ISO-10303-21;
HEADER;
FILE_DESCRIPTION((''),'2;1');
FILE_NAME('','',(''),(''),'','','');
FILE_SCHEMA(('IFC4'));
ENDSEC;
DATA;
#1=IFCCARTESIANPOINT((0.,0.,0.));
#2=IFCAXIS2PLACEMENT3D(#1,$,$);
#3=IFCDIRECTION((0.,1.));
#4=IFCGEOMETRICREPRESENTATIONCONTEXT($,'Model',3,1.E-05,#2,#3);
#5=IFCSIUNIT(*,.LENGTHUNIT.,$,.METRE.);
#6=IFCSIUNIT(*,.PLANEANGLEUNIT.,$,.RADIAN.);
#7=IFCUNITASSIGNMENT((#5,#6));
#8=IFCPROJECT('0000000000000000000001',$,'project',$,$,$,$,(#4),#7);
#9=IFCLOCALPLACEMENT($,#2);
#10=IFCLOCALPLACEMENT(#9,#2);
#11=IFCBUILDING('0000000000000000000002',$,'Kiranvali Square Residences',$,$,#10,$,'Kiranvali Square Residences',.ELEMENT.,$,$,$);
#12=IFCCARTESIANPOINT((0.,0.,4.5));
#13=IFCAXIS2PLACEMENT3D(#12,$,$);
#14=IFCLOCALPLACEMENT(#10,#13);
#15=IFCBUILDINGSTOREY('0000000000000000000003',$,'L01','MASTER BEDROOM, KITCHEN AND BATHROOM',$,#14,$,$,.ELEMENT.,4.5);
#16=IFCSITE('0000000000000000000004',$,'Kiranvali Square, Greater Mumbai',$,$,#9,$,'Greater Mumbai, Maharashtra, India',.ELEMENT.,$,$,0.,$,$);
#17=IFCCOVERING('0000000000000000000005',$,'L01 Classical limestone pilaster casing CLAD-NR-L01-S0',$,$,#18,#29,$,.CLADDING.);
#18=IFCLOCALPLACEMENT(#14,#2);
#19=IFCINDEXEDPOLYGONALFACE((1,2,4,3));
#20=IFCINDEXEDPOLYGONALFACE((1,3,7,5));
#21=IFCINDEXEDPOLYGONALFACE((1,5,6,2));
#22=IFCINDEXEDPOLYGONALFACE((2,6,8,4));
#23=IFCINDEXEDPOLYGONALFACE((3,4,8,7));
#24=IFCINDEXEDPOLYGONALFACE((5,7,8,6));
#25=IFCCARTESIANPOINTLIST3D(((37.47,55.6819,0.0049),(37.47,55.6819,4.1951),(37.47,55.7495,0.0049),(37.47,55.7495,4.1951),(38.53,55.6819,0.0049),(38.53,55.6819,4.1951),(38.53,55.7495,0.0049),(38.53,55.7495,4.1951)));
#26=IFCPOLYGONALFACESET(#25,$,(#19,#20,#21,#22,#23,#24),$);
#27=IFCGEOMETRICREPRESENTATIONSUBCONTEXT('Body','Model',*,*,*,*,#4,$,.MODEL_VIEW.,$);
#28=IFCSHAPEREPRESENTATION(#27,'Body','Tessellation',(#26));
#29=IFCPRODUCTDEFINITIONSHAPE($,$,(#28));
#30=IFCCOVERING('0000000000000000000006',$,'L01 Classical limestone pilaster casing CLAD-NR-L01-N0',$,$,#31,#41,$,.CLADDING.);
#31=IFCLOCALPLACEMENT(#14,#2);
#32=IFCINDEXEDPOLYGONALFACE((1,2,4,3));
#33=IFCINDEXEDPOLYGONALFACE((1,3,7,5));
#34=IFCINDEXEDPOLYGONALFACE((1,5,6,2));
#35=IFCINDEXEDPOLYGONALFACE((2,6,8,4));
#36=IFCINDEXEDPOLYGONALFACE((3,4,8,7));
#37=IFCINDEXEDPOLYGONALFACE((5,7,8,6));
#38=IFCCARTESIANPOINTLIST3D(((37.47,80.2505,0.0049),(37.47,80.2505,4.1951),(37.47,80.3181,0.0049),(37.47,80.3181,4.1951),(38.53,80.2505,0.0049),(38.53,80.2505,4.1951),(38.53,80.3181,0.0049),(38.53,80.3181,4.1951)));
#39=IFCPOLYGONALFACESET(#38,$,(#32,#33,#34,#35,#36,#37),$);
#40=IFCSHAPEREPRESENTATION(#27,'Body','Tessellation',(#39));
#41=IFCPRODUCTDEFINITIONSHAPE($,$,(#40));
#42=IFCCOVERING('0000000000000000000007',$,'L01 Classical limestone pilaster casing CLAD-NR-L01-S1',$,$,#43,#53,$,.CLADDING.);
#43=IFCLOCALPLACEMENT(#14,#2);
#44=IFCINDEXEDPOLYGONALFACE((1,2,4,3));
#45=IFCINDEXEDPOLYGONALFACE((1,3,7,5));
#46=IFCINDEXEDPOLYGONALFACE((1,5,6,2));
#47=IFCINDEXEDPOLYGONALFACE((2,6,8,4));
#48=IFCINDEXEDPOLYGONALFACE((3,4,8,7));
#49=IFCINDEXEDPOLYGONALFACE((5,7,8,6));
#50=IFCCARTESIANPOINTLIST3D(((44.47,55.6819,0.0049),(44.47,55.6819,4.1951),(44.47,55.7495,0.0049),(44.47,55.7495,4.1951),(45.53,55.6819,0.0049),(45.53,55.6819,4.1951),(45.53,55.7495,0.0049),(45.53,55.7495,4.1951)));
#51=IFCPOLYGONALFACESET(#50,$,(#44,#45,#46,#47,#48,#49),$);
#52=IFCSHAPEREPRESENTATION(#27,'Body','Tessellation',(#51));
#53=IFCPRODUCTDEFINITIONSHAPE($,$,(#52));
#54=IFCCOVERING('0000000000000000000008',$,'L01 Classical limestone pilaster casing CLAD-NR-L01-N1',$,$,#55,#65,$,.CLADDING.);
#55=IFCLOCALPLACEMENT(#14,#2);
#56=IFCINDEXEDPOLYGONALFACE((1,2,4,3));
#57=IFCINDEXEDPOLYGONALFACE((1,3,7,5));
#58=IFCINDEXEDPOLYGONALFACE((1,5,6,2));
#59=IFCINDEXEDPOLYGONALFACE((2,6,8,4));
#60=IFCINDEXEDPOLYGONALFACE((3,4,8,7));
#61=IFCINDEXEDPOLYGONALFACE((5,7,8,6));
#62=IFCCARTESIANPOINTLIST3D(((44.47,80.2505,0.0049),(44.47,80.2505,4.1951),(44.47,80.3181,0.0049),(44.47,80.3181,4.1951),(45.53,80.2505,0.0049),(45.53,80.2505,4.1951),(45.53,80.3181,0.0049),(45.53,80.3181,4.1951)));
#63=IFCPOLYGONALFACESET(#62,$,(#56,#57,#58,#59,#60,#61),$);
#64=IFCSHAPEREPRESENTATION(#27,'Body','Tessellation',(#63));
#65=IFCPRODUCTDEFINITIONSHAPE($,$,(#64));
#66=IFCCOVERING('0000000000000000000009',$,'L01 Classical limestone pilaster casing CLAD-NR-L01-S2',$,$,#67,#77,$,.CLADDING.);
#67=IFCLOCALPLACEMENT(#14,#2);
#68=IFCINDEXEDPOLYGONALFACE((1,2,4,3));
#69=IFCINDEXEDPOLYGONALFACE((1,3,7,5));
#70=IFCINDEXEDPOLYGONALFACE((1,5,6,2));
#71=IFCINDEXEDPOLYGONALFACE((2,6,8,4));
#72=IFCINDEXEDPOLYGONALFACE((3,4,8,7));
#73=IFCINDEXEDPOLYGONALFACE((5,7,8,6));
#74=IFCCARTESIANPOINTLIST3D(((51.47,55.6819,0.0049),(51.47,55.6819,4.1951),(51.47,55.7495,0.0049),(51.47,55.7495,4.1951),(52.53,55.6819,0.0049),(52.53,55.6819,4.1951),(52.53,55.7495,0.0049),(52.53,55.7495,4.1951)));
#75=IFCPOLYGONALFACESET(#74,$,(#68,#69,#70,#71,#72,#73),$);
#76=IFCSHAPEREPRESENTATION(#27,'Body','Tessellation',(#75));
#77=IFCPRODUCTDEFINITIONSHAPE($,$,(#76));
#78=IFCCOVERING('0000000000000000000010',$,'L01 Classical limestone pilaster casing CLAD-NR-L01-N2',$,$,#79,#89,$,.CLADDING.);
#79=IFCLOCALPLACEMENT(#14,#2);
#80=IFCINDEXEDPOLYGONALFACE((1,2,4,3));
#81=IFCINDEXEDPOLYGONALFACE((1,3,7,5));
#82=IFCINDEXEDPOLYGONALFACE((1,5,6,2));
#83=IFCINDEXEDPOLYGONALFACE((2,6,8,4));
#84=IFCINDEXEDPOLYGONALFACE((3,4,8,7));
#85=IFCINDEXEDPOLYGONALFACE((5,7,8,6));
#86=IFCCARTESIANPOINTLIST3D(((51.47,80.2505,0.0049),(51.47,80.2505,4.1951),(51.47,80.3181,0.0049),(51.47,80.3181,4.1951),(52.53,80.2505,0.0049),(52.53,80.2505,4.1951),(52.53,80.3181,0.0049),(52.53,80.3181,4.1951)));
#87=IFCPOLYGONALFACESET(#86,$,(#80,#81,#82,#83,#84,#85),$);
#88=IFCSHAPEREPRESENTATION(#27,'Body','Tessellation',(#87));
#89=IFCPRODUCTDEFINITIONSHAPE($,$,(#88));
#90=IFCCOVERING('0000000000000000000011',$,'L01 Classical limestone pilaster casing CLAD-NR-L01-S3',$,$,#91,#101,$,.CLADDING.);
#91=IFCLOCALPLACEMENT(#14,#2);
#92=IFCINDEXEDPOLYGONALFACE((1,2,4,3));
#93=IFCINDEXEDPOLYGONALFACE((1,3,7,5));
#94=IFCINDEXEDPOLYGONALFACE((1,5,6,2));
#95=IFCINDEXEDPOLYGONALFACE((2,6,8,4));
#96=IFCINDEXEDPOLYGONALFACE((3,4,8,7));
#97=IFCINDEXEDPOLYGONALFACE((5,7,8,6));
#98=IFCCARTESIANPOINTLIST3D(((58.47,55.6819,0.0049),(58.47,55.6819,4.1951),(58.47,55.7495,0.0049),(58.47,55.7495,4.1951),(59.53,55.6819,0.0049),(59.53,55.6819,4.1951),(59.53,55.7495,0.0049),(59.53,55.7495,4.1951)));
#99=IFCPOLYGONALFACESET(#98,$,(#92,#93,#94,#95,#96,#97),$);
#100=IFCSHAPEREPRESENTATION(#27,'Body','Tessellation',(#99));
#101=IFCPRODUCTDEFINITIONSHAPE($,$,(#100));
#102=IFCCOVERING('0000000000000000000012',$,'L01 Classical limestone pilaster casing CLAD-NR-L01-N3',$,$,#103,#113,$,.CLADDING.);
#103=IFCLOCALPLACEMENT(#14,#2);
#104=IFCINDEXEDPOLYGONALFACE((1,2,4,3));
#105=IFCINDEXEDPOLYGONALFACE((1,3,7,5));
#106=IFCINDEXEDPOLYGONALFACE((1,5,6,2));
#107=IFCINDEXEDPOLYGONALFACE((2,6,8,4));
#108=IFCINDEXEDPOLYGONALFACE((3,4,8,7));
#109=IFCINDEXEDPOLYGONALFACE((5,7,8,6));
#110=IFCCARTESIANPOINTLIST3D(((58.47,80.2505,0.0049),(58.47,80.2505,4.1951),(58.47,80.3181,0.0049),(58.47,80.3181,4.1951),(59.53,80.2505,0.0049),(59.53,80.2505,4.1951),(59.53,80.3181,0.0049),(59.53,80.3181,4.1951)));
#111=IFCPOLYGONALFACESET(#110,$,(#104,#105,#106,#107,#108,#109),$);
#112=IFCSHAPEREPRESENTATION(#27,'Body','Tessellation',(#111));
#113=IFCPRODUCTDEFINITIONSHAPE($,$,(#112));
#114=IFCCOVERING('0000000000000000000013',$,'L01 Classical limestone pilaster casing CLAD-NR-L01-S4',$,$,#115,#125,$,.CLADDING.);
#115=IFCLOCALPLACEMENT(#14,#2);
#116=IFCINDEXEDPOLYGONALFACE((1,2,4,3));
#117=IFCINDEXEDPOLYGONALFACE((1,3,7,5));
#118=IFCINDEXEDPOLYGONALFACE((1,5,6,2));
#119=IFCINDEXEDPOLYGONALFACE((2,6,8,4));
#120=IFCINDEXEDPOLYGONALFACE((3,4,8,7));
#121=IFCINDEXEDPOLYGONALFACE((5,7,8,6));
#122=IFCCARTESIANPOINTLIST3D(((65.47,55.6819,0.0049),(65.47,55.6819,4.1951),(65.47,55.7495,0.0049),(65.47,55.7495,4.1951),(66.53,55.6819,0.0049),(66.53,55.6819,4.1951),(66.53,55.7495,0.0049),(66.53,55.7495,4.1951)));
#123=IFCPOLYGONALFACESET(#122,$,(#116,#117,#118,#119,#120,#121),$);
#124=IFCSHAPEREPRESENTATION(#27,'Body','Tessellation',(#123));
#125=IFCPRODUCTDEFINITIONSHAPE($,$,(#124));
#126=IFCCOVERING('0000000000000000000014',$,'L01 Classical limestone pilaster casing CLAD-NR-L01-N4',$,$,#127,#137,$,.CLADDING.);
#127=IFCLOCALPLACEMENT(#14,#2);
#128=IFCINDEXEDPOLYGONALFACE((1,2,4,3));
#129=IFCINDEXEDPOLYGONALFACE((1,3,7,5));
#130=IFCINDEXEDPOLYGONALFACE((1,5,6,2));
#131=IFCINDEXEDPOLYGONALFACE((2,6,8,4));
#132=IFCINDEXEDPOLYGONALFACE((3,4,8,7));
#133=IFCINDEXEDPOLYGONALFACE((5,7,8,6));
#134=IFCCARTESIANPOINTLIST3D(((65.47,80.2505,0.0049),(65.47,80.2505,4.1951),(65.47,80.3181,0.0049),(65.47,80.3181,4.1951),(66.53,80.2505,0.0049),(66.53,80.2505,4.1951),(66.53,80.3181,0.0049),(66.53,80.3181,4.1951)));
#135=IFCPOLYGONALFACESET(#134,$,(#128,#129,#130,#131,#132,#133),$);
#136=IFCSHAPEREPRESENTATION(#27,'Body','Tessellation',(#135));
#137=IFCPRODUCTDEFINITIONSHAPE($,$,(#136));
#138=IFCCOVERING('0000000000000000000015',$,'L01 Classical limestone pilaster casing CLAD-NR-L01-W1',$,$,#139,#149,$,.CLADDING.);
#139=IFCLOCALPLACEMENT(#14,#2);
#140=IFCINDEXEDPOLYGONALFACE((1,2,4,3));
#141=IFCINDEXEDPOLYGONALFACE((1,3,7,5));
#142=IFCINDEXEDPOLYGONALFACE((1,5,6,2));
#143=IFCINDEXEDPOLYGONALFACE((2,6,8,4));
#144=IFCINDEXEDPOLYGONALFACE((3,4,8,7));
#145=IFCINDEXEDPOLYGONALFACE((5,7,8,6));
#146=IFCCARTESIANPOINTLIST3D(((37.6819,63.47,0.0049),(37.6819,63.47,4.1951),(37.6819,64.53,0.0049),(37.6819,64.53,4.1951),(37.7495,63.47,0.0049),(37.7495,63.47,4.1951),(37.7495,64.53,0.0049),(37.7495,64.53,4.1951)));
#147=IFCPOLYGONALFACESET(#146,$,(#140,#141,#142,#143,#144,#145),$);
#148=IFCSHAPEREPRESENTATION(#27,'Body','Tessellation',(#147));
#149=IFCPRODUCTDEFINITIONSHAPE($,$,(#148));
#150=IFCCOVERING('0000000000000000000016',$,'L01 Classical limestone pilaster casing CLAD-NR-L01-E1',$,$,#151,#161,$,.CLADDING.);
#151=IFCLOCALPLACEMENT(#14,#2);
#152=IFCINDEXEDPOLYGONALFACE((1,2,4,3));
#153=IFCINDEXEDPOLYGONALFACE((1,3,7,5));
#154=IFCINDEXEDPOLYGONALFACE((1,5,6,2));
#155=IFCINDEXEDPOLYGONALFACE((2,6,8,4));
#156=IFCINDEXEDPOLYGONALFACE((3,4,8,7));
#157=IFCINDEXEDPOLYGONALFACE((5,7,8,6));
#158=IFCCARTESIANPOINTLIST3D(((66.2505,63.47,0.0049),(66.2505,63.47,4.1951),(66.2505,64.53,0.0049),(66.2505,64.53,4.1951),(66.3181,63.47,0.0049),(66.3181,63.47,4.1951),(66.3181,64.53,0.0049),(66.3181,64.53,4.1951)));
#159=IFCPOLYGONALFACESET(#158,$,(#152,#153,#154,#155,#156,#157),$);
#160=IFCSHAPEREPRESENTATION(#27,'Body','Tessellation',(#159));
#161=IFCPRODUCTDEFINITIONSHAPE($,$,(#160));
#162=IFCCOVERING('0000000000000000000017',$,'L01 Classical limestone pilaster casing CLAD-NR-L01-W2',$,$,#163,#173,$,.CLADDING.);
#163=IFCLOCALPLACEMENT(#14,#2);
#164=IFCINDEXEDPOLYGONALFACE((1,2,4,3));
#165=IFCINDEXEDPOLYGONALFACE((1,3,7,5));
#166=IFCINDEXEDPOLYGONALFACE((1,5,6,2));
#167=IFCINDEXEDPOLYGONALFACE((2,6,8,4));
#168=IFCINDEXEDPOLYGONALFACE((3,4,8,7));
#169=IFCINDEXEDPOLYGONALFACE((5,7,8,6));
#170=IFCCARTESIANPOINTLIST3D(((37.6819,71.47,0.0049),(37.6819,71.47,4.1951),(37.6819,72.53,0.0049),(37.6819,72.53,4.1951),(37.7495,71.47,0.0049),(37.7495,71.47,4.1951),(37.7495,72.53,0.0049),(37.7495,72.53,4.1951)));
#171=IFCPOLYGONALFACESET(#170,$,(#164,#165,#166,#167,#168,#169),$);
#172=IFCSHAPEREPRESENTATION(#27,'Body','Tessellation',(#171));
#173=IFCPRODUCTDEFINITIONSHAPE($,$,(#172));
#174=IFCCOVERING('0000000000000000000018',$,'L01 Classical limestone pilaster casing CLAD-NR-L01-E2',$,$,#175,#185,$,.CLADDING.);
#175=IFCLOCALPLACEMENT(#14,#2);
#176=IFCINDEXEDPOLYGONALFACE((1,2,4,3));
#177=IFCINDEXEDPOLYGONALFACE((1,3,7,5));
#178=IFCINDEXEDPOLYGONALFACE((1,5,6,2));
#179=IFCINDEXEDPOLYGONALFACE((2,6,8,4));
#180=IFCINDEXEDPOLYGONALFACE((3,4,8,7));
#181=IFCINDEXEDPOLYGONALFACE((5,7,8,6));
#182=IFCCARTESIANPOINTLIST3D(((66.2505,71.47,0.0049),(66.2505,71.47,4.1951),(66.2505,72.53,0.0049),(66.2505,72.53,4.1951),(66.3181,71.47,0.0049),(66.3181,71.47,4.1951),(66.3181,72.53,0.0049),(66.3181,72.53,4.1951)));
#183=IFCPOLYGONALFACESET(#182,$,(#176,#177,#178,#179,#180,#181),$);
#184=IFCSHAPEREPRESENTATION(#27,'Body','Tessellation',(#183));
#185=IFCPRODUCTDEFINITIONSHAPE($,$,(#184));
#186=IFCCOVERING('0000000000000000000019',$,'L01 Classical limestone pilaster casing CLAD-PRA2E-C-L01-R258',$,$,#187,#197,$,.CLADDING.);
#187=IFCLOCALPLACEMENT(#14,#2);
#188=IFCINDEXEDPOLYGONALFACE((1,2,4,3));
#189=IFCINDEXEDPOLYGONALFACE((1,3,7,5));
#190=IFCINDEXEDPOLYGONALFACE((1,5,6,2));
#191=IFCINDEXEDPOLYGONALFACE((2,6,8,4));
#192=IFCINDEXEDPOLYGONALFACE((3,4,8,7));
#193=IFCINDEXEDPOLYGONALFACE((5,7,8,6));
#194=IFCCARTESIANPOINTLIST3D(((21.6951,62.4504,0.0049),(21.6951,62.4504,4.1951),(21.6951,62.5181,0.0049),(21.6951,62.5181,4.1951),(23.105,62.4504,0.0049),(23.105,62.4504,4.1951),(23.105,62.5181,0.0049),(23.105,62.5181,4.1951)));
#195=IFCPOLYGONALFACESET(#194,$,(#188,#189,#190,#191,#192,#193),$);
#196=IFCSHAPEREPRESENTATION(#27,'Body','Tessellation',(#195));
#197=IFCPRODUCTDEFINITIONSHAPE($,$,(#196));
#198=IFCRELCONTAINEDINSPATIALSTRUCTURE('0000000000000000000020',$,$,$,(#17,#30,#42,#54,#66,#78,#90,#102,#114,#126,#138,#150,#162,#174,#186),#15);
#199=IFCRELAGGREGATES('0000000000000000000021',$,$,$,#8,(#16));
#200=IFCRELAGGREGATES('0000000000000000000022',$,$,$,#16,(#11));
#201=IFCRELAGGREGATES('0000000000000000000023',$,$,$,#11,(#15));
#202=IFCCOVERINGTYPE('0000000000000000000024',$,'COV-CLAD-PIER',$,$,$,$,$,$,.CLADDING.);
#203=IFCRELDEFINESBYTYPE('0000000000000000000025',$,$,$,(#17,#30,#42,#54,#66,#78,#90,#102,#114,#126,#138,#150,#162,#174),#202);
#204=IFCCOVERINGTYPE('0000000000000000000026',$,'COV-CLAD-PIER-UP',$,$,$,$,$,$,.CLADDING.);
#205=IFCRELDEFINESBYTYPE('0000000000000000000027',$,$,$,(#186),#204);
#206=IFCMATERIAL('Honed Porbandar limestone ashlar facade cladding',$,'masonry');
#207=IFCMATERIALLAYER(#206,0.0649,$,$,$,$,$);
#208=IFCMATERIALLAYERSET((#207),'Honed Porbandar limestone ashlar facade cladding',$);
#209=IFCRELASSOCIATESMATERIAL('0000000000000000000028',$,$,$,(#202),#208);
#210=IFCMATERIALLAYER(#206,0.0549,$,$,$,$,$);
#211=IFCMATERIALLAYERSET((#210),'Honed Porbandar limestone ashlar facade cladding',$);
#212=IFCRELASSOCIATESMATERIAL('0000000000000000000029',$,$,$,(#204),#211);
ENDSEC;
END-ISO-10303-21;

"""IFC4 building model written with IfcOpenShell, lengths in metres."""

from ifc_helpers import new_model, si_unit, direction, frame, origin, place, context, subcontext, project, spatial, polyline, outline, extrude, material, layer, layer_set, type_object, element, save


model = new_model("IFC4")

# Units and contexts
model_context = context("Model", 3, precision=1e-05, world=origin(), true_north=direction((0.0, 1.0)))
body_context = subcontext(model_context, "Body", "Model", "MODEL_VIEW")
ifc_project = project(units=[si_unit("LENGTHUNIT", "METRE"), si_unit("PLANEANGLEUNIT", "RADIAN")], contexts=[model_context])

# Site, building, storey
site_placement = place(None, origin())
site = spatial("IfcSite", under=ifc_project, at=site_placement, Name="Kiranvali Square, Greater Mumbai", LongName="Greater Mumbai, Maharashtra, India", CompositionType="ELEMENT", RefElevation=0.0)
building_placement = place(site_placement, origin())
building = spatial("IfcBuilding", under=site, at=building_placement, Name="Kiranvali Square Residences", LongName="Kiranvali Square Residences", CompositionType="ELEMENT")
storey_placement = place(building_placement, frame((0.0, 0.0, 4.5)))
storey = spatial("IfcBuildingStorey", under=building, at=storey_placement, Name="L01", Description="MASTER BEDROOM, KITCHEN AND BATHROOM", CompositionType="ELEMENT", Elevation=4.5)

# Coverings
ifc_material = material(Name="Honed Porbandar limestone ashlar facade cladding", Category="masonry")
ifc_layer_1 = layer(ifc_material, 0.0649)
ifc_layer_set_1 = layer_set([ifc_layer_1], Name="Honed Porbandar limestone ashlar facade cladding")
covering_type_1 = type_object("IfcCoveringType", Name="COV-CLAD-PIER", PredefinedType="CLADDING", material=ifc_layer_set_1)
covering_1_placement = place(storey_placement, frame((0.0, 0.0, 0.0049)))
element("IfcCovering", 1, at=covering_1_placement, inside=storey, type_object=covering_type_1, Name="L01 Classical limestone pilaster casing CLAD-NR-L01-S0", PredefinedType="CLADDING", context=body_context, shape_type="SweptSolid", body=[
    extrude(outline(polyline([(37.47, 55.6819), (38.53, 55.6819), (38.53, 55.7495), (37.47, 55.7495), (37.47, 55.6819)])), origin(), (0.0, 0.0, 1.0), 4.1902),
])
covering_2_placement = place(storey_placement, frame((0.0, 0.0, 0.0049)))
element("IfcCovering", 2, at=covering_2_placement, inside=storey, type_object=covering_type_1, Name="L01 Classical limestone pilaster casing CLAD-NR-L01-N0", PredefinedType="CLADDING", context=body_context, shape_type="SweptSolid", body=[
    extrude(outline(polyline([(37.47, 80.2505), (38.53, 80.2505), (38.53, 80.3181), (37.47, 80.3181), (37.47, 80.2505)])), origin(), (0.0, 0.0, 1.0), 4.1902),
])
covering_3_placement = place(storey_placement, frame((0.0, 0.0, 0.0049)))
element("IfcCovering", 3, at=covering_3_placement, inside=storey, type_object=covering_type_1, Name="L01 Classical limestone pilaster casing CLAD-NR-L01-S1", PredefinedType="CLADDING", context=body_context, shape_type="SweptSolid", body=[
    extrude(outline(polyline([(44.47, 55.6819), (45.53, 55.6819), (45.53, 55.7495), (44.47, 55.7495), (44.47, 55.6819)])), origin(), (0.0, 0.0, 1.0), 4.1902),
])
covering_4_placement = place(storey_placement, frame((0.0, 0.0, 0.0049)))
element("IfcCovering", 4, at=covering_4_placement, inside=storey, type_object=covering_type_1, Name="L01 Classical limestone pilaster casing CLAD-NR-L01-N1", PredefinedType="CLADDING", context=body_context, shape_type="SweptSolid", body=[
    extrude(outline(polyline([(44.47, 80.2505), (45.53, 80.2505), (45.53, 80.3181), (44.47, 80.3181), (44.47, 80.2505)])), origin(), (0.0, 0.0, 1.0), 4.1902),
])
covering_5_placement = place(storey_placement, frame((0.0, 0.0, 0.0049)))
element("IfcCovering", 5, at=covering_5_placement, inside=storey, type_object=covering_type_1, Name="L01 Classical limestone pilaster casing CLAD-NR-L01-S2", PredefinedType="CLADDING", context=body_context, shape_type="SweptSolid", body=[
    extrude(outline(polyline([(51.47, 55.6819), (52.53, 55.6819), (52.53, 55.7495), (51.47, 55.7495), (51.47, 55.6819)])), origin(), (0.0, 0.0, 1.0), 4.1902),
])
covering_6_placement = place(storey_placement, frame((0.0, 0.0, 0.0049)))
element("IfcCovering", 6, at=covering_6_placement, inside=storey, type_object=covering_type_1, Name="L01 Classical limestone pilaster casing CLAD-NR-L01-N2", PredefinedType="CLADDING", context=body_context, shape_type="SweptSolid", body=[
    extrude(outline(polyline([(51.47, 80.2505), (52.53, 80.2505), (52.53, 80.3181), (51.47, 80.3181), (51.47, 80.2505)])), origin(), (0.0, 0.0, 1.0), 4.1902),
])
covering_7_placement = place(storey_placement, frame((0.0, 0.0, 0.0049)))
element("IfcCovering", 7, at=covering_7_placement, inside=storey, type_object=covering_type_1, Name="L01 Classical limestone pilaster casing CLAD-NR-L01-S3", PredefinedType="CLADDING", context=body_context, shape_type="SweptSolid", body=[
    extrude(outline(polyline([(58.47, 55.6819), (59.53, 55.6819), (59.53, 55.7495), (58.47, 55.7495), (58.47, 55.6819)])), origin(), (0.0, 0.0, 1.0), 4.1902),
])
covering_8_placement = place(storey_placement, frame((0.0, 0.0, 0.0049)))
element("IfcCovering", 8, at=covering_8_placement, inside=storey, type_object=covering_type_1, Name="L01 Classical limestone pilaster casing CLAD-NR-L01-N3", PredefinedType="CLADDING", context=body_context, shape_type="SweptSolid", body=[
    extrude(outline(polyline([(58.47, 80.2505), (59.53, 80.2505), (59.53, 80.3181), (58.47, 80.3181), (58.47, 80.2505)])), origin(), (0.0, 0.0, 1.0), 4.1902),
])
covering_9_placement = place(storey_placement, frame((0.0, 0.0, 0.0049)))
element("IfcCovering", 9, at=covering_9_placement, inside=storey, type_object=covering_type_1, Name="L01 Classical limestone pilaster casing CLAD-NR-L01-S4", PredefinedType="CLADDING", context=body_context, shape_type="SweptSolid", body=[
    extrude(outline(polyline([(65.47, 55.6819), (66.53, 55.6819), (66.53, 55.7495), (65.47, 55.7495), (65.47, 55.6819)])), origin(), (0.0, 0.0, 1.0), 4.1902),
])
covering_10_placement = place(storey_placement, frame((0.0, 0.0, 0.0049)))
element("IfcCovering", 10, at=covering_10_placement, inside=storey, type_object=covering_type_1, Name="L01 Classical limestone pilaster casing CLAD-NR-L01-N4", PredefinedType="CLADDING", context=body_context, shape_type="SweptSolid", body=[
    extrude(outline(polyline([(65.47, 80.2505), (66.53, 80.2505), (66.53, 80.3181), (65.47, 80.3181), (65.47, 80.2505)])), origin(), (0.0, 0.0, 1.0), 4.1902),
])
covering_11_placement = place(storey_placement, frame((0.0, 0.0, 0.0049)))
element("IfcCovering", 11, at=covering_11_placement, inside=storey, type_object=covering_type_1, Name="L01 Classical limestone pilaster casing CLAD-NR-L01-W1", PredefinedType="CLADDING", context=body_context, shape_type="SweptSolid", body=[
    extrude(outline(polyline([(37.7495, 63.47), (37.7495, 64.53), (37.6819, 64.53), (37.6819, 63.47), (37.7495, 63.47)])), origin(), (0.0, 0.0, 1.0), 4.1902),
])
covering_12_placement = place(storey_placement, frame((0.0, 0.0, 0.0049)))
element("IfcCovering", 12, at=covering_12_placement, inside=storey, type_object=covering_type_1, Name="L01 Classical limestone pilaster casing CLAD-NR-L01-E1", PredefinedType="CLADDING", context=body_context, shape_type="SweptSolid", body=[
    extrude(outline(polyline([(66.3181, 63.47), (66.3181, 64.53), (66.2505, 64.53), (66.2505, 63.47), (66.3181, 63.47)])), origin(), (0.0, 0.0, 1.0), 4.1902),
])
covering_13_placement = place(storey_placement, frame((0.0, 0.0, 0.0049)))
element("IfcCovering", 13, at=covering_13_placement, inside=storey, type_object=covering_type_1, Name="L01 Classical limestone pilaster casing CLAD-NR-L01-W2", PredefinedType="CLADDING", context=body_context, shape_type="SweptSolid", body=[
    extrude(outline(polyline([(37.7495, 71.47), (37.7495, 72.53), (37.6819, 72.53), (37.6819, 71.47), (37.7495, 71.47)])), origin(), (0.0, 0.0, 1.0), 4.1902),
])
covering_14_placement = place(storey_placement, frame((0.0, 0.0, 0.0049)))
element("IfcCovering", 14, at=covering_14_placement, inside=storey, type_object=covering_type_1, Name="L01 Classical limestone pilaster casing CLAD-NR-L01-E2", PredefinedType="CLADDING", context=body_context, shape_type="SweptSolid", body=[
    extrude(outline(polyline([(66.3181, 71.47), (66.3181, 72.53), (66.2505, 72.53), (66.2505, 71.47), (66.3181, 71.47)])), origin(), (0.0, 0.0, 1.0), 4.1902),
])
ifc_layer_2 = layer(ifc_material, 0.0549)
ifc_layer_set_2 = layer_set([ifc_layer_2], Name="Honed Porbandar limestone ashlar facade cladding")
covering_type_2 = type_object("IfcCoveringType", Name="COV-CLAD-PIER-UP", PredefinedType="CLADDING", material=ifc_layer_set_2)
covering_15_placement = place(storey_placement, frame((0.0, 0.0, 0.0049)))
element("IfcCovering", 15, at=covering_15_placement, inside=storey, type_object=covering_type_2, Name="L01 Classical limestone pilaster casing CLAD-PRA2E-C-L01-R258", PredefinedType="CLADDING", context=body_context, shape_type="SweptSolid", body=[
    extrude(outline(polyline([(23.105, 62.5181), (21.6951, 62.5181), (21.6951, 62.4504), (23.105, 62.4504), (23.105, 62.5181)])), origin(), (0.0, 0.0, 1.0), 4.1902),
])

save(model, "model.ifc")
